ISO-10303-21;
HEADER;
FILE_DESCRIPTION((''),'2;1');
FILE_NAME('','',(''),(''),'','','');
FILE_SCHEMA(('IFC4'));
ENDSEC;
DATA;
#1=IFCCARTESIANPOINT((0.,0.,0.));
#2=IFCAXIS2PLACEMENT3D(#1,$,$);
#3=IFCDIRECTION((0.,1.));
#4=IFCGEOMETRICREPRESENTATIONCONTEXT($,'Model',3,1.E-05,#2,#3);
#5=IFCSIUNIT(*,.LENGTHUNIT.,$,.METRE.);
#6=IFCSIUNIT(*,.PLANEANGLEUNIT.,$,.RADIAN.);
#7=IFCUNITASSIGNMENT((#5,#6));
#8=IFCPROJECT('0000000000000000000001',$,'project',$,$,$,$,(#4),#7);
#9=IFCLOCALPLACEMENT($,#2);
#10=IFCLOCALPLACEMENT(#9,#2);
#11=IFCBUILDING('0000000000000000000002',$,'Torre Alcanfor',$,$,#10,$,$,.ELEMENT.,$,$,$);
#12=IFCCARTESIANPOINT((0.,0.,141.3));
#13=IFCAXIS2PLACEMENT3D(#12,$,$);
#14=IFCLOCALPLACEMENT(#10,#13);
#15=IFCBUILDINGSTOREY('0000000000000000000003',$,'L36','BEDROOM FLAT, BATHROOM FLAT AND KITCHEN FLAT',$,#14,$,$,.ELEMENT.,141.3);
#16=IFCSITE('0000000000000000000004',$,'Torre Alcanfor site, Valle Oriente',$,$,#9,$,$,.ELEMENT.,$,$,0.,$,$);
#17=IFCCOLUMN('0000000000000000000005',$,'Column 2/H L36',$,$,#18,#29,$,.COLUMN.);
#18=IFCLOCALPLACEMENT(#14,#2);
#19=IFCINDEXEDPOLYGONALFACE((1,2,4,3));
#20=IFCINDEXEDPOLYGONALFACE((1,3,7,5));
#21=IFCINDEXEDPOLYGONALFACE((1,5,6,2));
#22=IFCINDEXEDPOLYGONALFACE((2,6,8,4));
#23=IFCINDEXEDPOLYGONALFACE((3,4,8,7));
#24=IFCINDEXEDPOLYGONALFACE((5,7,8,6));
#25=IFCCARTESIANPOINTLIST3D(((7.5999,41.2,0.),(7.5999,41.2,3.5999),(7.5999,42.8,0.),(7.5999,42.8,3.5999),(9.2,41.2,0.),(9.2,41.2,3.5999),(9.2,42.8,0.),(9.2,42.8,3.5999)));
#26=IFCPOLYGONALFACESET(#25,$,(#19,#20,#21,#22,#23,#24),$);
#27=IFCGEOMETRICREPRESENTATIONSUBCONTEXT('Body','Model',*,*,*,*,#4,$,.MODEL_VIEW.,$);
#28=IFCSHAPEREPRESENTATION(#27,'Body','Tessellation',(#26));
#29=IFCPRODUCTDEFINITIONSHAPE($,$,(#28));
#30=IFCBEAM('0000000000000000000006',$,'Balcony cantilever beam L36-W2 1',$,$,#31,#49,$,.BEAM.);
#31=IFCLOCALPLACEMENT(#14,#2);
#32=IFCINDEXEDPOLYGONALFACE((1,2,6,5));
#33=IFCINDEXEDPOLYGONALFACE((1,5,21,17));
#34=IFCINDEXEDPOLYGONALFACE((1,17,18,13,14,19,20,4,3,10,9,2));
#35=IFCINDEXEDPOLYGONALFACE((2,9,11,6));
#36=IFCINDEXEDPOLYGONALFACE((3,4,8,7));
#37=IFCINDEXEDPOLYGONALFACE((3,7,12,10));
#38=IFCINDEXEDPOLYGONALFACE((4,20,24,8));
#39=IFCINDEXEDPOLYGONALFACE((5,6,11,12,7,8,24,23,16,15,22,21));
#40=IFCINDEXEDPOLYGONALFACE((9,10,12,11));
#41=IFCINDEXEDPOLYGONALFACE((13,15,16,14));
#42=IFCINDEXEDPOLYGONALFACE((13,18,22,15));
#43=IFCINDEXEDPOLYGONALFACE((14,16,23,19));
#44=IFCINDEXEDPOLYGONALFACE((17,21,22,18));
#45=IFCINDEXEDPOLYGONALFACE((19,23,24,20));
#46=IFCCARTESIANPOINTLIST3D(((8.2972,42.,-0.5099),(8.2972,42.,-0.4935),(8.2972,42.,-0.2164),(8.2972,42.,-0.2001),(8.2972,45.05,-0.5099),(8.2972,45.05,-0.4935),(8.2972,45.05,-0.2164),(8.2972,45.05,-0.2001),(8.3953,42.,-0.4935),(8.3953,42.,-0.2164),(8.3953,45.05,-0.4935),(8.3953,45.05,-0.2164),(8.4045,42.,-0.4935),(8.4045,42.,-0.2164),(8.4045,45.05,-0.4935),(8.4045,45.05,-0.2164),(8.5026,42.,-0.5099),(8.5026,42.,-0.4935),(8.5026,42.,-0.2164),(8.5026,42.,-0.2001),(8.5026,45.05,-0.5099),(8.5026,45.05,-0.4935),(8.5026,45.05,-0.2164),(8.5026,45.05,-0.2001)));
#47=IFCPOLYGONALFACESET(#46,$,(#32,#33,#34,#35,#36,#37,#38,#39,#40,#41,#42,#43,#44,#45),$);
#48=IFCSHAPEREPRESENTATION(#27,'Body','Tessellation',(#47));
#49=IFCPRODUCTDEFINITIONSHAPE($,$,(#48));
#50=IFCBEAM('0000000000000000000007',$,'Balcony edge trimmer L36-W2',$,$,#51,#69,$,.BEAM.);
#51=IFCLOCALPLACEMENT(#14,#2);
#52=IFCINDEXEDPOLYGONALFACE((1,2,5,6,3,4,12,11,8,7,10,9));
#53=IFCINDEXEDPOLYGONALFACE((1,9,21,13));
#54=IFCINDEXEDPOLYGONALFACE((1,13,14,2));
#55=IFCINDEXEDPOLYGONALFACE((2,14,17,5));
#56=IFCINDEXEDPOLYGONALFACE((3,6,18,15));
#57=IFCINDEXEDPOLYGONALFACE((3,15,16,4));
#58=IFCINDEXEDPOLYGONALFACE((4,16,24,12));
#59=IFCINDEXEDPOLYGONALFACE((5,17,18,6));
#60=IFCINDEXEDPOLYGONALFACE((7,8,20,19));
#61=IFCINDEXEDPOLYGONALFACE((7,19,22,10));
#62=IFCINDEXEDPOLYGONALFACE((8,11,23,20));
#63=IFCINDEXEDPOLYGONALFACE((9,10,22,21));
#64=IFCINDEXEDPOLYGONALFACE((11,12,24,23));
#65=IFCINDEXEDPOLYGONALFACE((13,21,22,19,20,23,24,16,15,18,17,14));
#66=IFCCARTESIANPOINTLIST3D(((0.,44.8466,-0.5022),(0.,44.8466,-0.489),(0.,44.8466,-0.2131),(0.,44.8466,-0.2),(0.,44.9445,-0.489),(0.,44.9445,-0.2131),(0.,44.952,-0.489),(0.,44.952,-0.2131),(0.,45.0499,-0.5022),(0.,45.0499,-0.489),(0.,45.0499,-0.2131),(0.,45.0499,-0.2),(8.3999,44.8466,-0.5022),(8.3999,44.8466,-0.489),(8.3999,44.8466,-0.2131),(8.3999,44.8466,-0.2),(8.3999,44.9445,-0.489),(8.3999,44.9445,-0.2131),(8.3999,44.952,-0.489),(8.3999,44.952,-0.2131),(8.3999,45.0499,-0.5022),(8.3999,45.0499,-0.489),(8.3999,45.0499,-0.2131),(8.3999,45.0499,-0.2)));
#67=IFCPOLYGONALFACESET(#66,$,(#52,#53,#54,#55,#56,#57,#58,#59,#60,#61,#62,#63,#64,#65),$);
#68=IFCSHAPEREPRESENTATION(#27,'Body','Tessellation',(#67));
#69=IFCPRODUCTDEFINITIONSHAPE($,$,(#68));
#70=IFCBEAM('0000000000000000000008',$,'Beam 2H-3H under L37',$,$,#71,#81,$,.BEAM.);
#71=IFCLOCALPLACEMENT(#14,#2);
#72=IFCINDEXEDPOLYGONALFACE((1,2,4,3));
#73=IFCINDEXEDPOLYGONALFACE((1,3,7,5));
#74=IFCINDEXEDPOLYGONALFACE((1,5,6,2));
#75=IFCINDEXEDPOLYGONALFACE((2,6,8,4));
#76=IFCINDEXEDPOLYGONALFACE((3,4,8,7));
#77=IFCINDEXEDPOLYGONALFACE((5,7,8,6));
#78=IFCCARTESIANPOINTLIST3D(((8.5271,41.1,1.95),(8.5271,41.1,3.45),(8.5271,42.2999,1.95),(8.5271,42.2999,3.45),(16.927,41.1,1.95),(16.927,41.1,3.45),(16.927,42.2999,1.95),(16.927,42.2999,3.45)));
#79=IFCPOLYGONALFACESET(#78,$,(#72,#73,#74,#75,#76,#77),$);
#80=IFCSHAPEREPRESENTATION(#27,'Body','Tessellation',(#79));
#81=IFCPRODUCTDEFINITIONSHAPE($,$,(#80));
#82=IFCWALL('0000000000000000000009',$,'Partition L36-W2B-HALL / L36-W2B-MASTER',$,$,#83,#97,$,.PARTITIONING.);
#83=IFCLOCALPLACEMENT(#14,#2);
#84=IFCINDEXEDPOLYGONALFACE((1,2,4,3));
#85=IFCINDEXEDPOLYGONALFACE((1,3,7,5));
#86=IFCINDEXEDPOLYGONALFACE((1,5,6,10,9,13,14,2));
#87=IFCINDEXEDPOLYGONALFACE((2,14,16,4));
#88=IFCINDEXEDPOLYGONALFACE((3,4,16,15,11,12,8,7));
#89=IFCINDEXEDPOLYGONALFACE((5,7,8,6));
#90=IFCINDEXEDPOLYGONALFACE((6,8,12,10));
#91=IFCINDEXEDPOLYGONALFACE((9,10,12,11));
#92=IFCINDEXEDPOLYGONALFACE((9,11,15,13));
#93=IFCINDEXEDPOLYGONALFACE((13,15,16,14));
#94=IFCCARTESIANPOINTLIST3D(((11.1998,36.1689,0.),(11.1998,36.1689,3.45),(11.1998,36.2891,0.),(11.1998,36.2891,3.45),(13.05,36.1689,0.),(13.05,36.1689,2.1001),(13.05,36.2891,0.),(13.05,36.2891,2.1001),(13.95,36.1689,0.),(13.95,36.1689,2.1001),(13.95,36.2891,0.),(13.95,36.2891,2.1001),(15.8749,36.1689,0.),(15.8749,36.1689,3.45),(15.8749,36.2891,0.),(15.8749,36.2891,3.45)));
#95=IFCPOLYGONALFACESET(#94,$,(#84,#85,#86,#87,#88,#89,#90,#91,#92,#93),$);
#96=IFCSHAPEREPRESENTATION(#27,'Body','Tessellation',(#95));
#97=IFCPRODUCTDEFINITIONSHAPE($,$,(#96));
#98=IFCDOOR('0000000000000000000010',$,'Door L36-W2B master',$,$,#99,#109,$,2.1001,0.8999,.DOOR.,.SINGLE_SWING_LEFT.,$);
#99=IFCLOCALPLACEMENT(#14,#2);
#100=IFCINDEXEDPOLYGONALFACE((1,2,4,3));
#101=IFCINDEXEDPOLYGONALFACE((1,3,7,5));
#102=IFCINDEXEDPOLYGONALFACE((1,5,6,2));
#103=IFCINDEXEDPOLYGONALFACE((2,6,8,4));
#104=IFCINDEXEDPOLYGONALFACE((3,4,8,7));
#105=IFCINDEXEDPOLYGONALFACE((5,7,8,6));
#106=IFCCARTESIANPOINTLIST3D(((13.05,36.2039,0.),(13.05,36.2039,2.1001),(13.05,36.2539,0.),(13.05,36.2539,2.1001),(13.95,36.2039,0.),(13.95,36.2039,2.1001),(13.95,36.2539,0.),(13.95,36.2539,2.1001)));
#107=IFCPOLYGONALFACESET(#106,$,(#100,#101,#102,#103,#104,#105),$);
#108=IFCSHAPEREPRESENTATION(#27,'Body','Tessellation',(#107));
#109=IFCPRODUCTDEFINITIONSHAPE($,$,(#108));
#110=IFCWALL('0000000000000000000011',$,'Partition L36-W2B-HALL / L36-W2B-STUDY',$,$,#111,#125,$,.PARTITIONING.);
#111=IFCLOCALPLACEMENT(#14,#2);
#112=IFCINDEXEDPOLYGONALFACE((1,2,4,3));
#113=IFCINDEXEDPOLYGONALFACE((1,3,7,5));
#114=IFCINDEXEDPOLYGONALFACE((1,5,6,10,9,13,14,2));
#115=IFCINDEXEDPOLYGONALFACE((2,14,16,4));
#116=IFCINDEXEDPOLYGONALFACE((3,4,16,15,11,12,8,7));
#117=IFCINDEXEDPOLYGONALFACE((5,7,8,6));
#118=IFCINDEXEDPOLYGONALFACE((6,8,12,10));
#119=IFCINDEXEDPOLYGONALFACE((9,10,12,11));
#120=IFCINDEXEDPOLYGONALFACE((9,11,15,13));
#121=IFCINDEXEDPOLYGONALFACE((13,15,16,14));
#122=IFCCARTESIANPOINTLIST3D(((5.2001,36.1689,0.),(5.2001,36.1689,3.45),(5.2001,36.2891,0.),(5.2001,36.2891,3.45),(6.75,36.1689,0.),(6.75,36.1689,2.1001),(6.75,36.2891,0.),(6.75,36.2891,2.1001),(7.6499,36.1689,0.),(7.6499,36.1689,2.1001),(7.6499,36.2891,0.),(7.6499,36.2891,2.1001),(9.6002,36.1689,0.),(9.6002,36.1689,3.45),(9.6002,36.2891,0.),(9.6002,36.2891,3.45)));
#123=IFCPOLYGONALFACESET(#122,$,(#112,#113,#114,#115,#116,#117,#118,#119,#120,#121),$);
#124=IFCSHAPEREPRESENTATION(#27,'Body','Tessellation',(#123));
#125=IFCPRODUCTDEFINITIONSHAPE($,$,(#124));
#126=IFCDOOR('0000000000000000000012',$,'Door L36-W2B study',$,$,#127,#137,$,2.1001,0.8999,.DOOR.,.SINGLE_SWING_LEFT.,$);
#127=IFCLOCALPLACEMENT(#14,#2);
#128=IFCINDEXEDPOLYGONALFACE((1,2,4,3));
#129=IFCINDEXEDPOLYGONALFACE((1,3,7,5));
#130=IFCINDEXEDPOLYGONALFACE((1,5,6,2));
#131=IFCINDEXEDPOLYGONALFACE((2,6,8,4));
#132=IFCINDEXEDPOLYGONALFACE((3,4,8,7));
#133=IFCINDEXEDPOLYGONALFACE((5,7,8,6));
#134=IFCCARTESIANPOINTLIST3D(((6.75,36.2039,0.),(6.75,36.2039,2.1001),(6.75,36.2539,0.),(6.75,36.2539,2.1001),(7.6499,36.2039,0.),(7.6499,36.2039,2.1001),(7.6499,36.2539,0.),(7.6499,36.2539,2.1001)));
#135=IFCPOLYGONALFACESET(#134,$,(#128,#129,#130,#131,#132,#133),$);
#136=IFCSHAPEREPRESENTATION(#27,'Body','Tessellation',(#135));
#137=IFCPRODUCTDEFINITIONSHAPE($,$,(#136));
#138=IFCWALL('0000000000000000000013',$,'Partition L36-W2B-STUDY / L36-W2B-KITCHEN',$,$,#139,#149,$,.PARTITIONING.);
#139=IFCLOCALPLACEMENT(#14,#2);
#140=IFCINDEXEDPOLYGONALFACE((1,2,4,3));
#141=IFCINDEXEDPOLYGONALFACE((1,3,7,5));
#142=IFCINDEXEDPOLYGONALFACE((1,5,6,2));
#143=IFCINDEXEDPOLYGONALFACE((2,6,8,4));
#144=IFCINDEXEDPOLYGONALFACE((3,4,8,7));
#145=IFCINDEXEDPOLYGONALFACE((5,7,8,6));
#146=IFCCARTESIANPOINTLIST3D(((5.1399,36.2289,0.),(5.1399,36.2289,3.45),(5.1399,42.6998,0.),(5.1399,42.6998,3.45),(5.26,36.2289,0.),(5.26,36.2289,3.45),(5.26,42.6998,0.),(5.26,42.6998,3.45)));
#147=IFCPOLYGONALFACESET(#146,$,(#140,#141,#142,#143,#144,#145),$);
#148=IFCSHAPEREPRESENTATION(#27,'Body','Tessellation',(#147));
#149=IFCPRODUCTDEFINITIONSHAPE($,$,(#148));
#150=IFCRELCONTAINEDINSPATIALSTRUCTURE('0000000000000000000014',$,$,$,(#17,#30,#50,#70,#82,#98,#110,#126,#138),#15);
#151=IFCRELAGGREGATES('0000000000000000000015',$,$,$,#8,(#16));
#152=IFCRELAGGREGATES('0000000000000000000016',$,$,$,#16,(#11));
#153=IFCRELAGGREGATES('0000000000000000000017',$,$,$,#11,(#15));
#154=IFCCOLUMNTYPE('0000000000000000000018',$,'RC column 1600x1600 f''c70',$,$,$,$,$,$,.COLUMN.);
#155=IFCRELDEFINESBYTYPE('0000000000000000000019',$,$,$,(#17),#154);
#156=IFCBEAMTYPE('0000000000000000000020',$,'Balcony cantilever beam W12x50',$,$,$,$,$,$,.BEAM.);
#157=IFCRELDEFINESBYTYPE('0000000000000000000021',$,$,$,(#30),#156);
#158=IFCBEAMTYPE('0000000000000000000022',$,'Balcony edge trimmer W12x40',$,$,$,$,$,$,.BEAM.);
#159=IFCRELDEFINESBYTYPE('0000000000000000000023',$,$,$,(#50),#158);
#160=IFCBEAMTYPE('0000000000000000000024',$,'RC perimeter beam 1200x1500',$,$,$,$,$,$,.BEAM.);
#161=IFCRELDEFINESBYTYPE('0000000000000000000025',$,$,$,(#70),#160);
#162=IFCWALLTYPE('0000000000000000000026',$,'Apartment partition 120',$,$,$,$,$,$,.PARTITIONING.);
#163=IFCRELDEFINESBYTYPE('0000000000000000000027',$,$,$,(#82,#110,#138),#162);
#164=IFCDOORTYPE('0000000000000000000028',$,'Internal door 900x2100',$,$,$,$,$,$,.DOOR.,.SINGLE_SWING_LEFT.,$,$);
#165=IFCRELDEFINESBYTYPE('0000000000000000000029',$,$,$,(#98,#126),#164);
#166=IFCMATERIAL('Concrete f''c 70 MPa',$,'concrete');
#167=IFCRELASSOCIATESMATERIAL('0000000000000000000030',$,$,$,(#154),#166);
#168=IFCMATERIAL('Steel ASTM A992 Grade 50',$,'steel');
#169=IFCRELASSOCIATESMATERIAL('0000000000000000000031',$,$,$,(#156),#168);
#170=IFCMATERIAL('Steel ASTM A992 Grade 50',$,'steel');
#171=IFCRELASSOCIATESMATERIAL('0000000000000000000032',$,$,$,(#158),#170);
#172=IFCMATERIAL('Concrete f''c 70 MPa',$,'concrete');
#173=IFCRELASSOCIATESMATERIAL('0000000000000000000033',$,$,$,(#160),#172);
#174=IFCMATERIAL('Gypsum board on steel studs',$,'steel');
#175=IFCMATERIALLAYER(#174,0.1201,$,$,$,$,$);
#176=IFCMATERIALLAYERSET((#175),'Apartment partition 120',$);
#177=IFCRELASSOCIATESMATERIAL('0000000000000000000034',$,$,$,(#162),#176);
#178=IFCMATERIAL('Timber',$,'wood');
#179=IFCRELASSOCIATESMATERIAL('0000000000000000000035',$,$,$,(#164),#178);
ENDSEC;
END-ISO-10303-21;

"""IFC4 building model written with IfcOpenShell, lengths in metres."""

from ifc_helpers import new_model, si_unit, direction, frame, frame_2d, origin, origin_2d, place, context, subcontext, project, spatial, rectangle, i_section, extrude, material, layer, layer_set, material_profile, profile_set, type_object, element, fill, save


model = new_model("IFC4")

# Units and contexts
model_context = context("Model", 3, precision=1e-05, world=origin(), true_north=direction((0.0, 1.0)))
body_context = subcontext(model_context, "Body", "Model", "MODEL_VIEW")
ifc_project = project(units=[si_unit("LENGTHUNIT", "METRE"), si_unit("PLANEANGLEUNIT", "RADIAN")], contexts=[model_context])

# Site, building, storey
site_placement = place(None, origin())
site = spatial("IfcSite", under=ifc_project, at=site_placement, Name="Torre Alcanfor site, Valle Oriente", CompositionType="ELEMENT", RefElevation=0.0)
building_placement = place(site_placement, origin())
building = spatial("IfcBuilding", under=site, at=building_placement, Name="Torre Alcanfor", CompositionType="ELEMENT")
storey_placement = place(building_placement, frame((0.0, 0.0, 141.3)))
storey = spatial("IfcBuildingStorey", under=building, at=storey_placement, Name="L36", Description="BEDROOM FLAT, BATHROOM FLAT AND KITCHEN FLAT", CompositionType="ELEMENT", Elevation=141.3)

# Column
ifc_material_1 = material(Name="Concrete f'c 70 MPa", Category="concrete")
ifc_material_profile_1 = material_profile(ifc_material_1, rectangle(XDim=1.6001, YDim=1.6001, at=origin_2d()), Name="1600x1600")
ifc_profile_set_1 = profile_set([ifc_material_profile_1], Name="Concrete f'c 70 MPa")
column_type = type_object("IfcColumnType", Name="RC column 1600x1600 f'c70", PredefinedType="COLUMN", material=ifc_profile_set_1)
column_placement = place(storey_placement, frame((8.3999, 42.0, 0.0), z_axis=(0.0, 0.0, 1.0), x_axis=(1.0, 0.0, 0.0)))
element("IfcColumn", 1, at=column_placement, inside=storey, type_object=column_type, Name="Column 2/H L36", PredefinedType="COLUMN", context=body_context, shape_type="SweptSolid", body=[
    extrude(rectangle(XDim=1.6001, YDim=1.6001, at=origin_2d()), origin(), (0.0, 0.0, 1.0), 3.5999),
])

# Beams
ifc_material_2 = material(Name="Steel ASTM A992 Grade 50", Category="steel")
ifc_material_profile_2 = material_profile(ifc_material_2, i_section(OverallWidth=0.2053, OverallDepth=0.3098, WebThickness=0.0093, FlangeThickness=0.0164, at=origin_2d()), Name="W12x50")
ifc_profile_set_2 = profile_set([ifc_material_profile_2], Name="Steel ASTM A992 Grade 50")
beam_type_1 = type_object("IfcBeamType", Name="Balcony cantilever beam W12x50", PredefinedType="BEAM", material=ifc_profile_set_2)
beam_1_placement = place(storey_placement, frame((8.3999, 42.0, -0.355), z_axis=(0.0, 1.0, 0.0), x_axis=(-1.0, 0.0, 0.0)))
element("IfcBeam", 2, at=beam_1_placement, inside=storey, type_object=beam_type_1, Name="Balcony cantilever beam L36-W2 1", PredefinedType="BEAM", context=body_context, shape_type="SweptSolid", body=[
    extrude(i_section(OverallWidth=0.2053, OverallDepth=0.3098, WebThickness=0.0093, FlangeThickness=0.0164, at=origin_2d()), origin(), (0.0, 0.0, 1.0), 3.05),
])
ifc_material_3 = material(Name="Steel ASTM A992 Grade 50", Category="steel")
ifc_material_profile_3 = material_profile(ifc_material_3, i_section(OverallWidth=0.2034, OverallDepth=0.3022, WebThickness=0.0076, FlangeThickness=0.0132, at=origin_2d()), Name="W12x40")
ifc_profile_set_3 = profile_set([ifc_material_profile_3], Name="Steel ASTM A992 Grade 50")
beam_type_2 = type_object("IfcBeamType", Name="Balcony edge trimmer W12x40", PredefinedType="BEAM", material=ifc_profile_set_3)
beam_2_placement = place(storey_placement, frame((8.3999, 44.9482, -0.3511), z_axis=(-1.0, 0.0, 0.0), x_axis=(0.0, -1.0, 0.0)))
element("IfcBeam", 3, at=beam_2_placement, inside=storey, type_object=beam_type_2, Name="Balcony edge trimmer L36-W2", PredefinedType="BEAM", context=body_context, shape_type="SweptSolid", body=[
    extrude(i_section(OverallWidth=0.2034, OverallDepth=0.3022, WebThickness=0.0076, FlangeThickness=0.0132, at=origin_2d()), origin(), (0.0, 0.0, 1.0), 8.3999),
])
ifc_material_4 = material(Name="Concrete f'c 70 MPa", Category="concrete")
ifc_material_profile_4 = material_profile(ifc_material_4, rectangle(XDim=1.2, YDim=1.5, at=origin_2d()), Name="1200x1500")
ifc_profile_set_4 = profile_set([ifc_material_profile_4], Name="Concrete f'c 70 MPa")
beam_type_3 = type_object("IfcBeamType", Name="RC perimeter beam 1200x1500", PredefinedType="BEAM", material=ifc_profile_set_4)
beam_3_placement = place(storey_placement, frame((8.5271, 41.7, 2.7), z_axis=(1.0, 0.0, 0.0), x_axis=(0.0, 1.0, 0.0)))
element("IfcBeam", 4, at=beam_3_placement, inside=storey, type_object=beam_type_3, Name="Beam 2H-3H under L37", PredefinedType="BEAM", context=body_context, shape_type="SweptSolid", body=[
    extrude(rectangle(XDim=1.2, YDim=1.5, at=origin_2d()), origin(), (0.0, 0.0, 1.0), 8.3999),
])

# Walls, openings, doors
ifc_material_5 = material(Name="Gypsum board on steel studs", Category="steel")
ifc_layer_1 = layer(ifc_material_5, 0.1201)
ifc_layer_set_1 = layer_set([ifc_layer_1], Name="Apartment partition 120")
wall_type_1 = type_object("IfcWallType", Name="Apartment partition 120", PredefinedType="PARTITIONING", material=ifc_layer_set_1)
wall_1_placement = place(storey_placement, frame((11.2, 36.229, 0.0), z_axis=(0.0, 0.0, 1.0), x_axis=(1.0, 0.0, 0.0)))
wall_1 = element("IfcWall", 5, at=wall_1_placement, inside=storey, type_object=wall_type_1, Name="Partition L36-W2B-HALL / L36-W2B-MASTER", PredefinedType="PARTITIONING", context=body_context, shape_type="SweptSolid", body=[
    extrude(rectangle(XDim=4.675, YDim=0.1201, at=frame_2d((2.3374, 0.0))), origin(), (0.0, 0.0, 1.0), 3.45),
])
opening_1_placement = place(wall_1_placement, frame((1.8501, 0.0, 0.0)))
opening_1 = element("IfcOpeningElement", 6, at=opening_1_placement, cuts=wall_1, PredefinedType="OPENING", context=body_context, shape_type="SweptSolid", body=[
    extrude(rectangle(XDim=0.8999, YDim=2.1001, at=frame_2d((0.45, 1.05))), frame((0.0, 0.0701, 0.0), z_axis=(0.0, -1.0, 0.0), x_axis=(1.0, 0.0, 0.0)), (0.0, 0.0, 1.0), 0.1401),
])
ifc_material_6 = material(Name="Timber", Category="wood")
door_type_1 = type_object("IfcDoorType", Name="Internal door 900x2100", OperationType="SINGLE_SWING_LEFT", PredefinedType="DOOR", material=ifc_material_6)
door_1_placement = place(opening_1_placement, origin())
door_1 = element("IfcDoor", 7, at=door_1_placement, inside=storey, type_object=door_type_1, Name="Door L36-W2B master", OperationType="SINGLE_SWING_LEFT", OverallHeight=2.1001, OverallWidth=0.8999, PredefinedType="DOOR", context=body_context, shape_type="SweptSolid", body=[
    extrude(rectangle(XDim=0.8999, YDim=2.1001, at=frame_2d((0.45, 1.05))), frame((0.0, 0.0249, 0.0), z_axis=(0.0, -1.0, 0.0), x_axis=(1.0, 0.0, 0.0)), (0.0, 0.0, 1.0), 0.05),
])
fill(opening_1, door_1)
wall_2_placement = place(storey_placement, frame((5.2, 36.229, 0.0), z_axis=(0.0, 0.0, 1.0), x_axis=(1.0, 0.0, 0.0)))
wall_2 = element("IfcWall", 8, at=wall_2_placement, inside=storey, type_object=wall_type_1, Name="Partition L36-W2B-HALL / L36-W2B-STUDY", PredefinedType="PARTITIONING", context=body_context, shape_type="SweptSolid", body=[
    extrude(rectangle(XDim=4.4001, YDim=0.1201, at=frame_2d((2.2002, 0.0))), origin(), (0.0, 0.0, 1.0), 3.45),
])
opening_2_placement = place(wall_2_placement, frame((1.55, 0.0, 0.0)))
opening_2 = element("IfcOpeningElement", 9, at=opening_2_placement, cuts=wall_2, PredefinedType="OPENING", context=body_context, shape_type="SweptSolid", body=[
    extrude(rectangle(XDim=0.8999, YDim=2.1001, at=frame_2d((0.45, 1.05))), frame((0.0, 0.0701, 0.0), z_axis=(0.0, -1.0, 0.0), x_axis=(1.0, 0.0, 0.0)), (0.0, 0.0, 1.0), 0.1401),
])
door_2_placement = place(opening_2_placement, origin())
door_2 = element("IfcDoor", 10, at=door_2_placement, inside=storey, type_object=door_type_1, Name="Door L36-W2B study", OperationType="SINGLE_SWING_LEFT", OverallHeight=2.1001, OverallWidth=0.8999, PredefinedType="DOOR", context=body_context, shape_type="SweptSolid", body=[
    extrude(rectangle(XDim=0.8999, YDim=2.1001, at=frame_2d((0.45, 1.05))), frame((0.0, 0.0249, 0.0), z_axis=(0.0, -1.0, 0.0), x_axis=(1.0, 0.0, 0.0)), (0.0, 0.0, 1.0), 0.05),
])
fill(opening_2, door_2)

# Wall
wall_3_placement = place(storey_placement, frame((5.2, 36.229, 0.0), z_axis=(0.0, 0.0, 1.0), x_axis=(0.0, 1.0, 0.0)))
element("IfcWall", 11, at=wall_3_placement, inside=storey, type_object=wall_type_1, Name="Partition L36-W2B-STUDY / L36-W2B-KITCHEN", PredefinedType="PARTITIONING", context=body_context, shape_type="SweptSolid", body=[
    extrude(rectangle(XDim=6.4709, YDim=0.1201, at=frame_2d((3.2354, 0.0))), origin(), (0.0, 0.0, 1.0), 3.45),
])

save(model, "model.ifc")
